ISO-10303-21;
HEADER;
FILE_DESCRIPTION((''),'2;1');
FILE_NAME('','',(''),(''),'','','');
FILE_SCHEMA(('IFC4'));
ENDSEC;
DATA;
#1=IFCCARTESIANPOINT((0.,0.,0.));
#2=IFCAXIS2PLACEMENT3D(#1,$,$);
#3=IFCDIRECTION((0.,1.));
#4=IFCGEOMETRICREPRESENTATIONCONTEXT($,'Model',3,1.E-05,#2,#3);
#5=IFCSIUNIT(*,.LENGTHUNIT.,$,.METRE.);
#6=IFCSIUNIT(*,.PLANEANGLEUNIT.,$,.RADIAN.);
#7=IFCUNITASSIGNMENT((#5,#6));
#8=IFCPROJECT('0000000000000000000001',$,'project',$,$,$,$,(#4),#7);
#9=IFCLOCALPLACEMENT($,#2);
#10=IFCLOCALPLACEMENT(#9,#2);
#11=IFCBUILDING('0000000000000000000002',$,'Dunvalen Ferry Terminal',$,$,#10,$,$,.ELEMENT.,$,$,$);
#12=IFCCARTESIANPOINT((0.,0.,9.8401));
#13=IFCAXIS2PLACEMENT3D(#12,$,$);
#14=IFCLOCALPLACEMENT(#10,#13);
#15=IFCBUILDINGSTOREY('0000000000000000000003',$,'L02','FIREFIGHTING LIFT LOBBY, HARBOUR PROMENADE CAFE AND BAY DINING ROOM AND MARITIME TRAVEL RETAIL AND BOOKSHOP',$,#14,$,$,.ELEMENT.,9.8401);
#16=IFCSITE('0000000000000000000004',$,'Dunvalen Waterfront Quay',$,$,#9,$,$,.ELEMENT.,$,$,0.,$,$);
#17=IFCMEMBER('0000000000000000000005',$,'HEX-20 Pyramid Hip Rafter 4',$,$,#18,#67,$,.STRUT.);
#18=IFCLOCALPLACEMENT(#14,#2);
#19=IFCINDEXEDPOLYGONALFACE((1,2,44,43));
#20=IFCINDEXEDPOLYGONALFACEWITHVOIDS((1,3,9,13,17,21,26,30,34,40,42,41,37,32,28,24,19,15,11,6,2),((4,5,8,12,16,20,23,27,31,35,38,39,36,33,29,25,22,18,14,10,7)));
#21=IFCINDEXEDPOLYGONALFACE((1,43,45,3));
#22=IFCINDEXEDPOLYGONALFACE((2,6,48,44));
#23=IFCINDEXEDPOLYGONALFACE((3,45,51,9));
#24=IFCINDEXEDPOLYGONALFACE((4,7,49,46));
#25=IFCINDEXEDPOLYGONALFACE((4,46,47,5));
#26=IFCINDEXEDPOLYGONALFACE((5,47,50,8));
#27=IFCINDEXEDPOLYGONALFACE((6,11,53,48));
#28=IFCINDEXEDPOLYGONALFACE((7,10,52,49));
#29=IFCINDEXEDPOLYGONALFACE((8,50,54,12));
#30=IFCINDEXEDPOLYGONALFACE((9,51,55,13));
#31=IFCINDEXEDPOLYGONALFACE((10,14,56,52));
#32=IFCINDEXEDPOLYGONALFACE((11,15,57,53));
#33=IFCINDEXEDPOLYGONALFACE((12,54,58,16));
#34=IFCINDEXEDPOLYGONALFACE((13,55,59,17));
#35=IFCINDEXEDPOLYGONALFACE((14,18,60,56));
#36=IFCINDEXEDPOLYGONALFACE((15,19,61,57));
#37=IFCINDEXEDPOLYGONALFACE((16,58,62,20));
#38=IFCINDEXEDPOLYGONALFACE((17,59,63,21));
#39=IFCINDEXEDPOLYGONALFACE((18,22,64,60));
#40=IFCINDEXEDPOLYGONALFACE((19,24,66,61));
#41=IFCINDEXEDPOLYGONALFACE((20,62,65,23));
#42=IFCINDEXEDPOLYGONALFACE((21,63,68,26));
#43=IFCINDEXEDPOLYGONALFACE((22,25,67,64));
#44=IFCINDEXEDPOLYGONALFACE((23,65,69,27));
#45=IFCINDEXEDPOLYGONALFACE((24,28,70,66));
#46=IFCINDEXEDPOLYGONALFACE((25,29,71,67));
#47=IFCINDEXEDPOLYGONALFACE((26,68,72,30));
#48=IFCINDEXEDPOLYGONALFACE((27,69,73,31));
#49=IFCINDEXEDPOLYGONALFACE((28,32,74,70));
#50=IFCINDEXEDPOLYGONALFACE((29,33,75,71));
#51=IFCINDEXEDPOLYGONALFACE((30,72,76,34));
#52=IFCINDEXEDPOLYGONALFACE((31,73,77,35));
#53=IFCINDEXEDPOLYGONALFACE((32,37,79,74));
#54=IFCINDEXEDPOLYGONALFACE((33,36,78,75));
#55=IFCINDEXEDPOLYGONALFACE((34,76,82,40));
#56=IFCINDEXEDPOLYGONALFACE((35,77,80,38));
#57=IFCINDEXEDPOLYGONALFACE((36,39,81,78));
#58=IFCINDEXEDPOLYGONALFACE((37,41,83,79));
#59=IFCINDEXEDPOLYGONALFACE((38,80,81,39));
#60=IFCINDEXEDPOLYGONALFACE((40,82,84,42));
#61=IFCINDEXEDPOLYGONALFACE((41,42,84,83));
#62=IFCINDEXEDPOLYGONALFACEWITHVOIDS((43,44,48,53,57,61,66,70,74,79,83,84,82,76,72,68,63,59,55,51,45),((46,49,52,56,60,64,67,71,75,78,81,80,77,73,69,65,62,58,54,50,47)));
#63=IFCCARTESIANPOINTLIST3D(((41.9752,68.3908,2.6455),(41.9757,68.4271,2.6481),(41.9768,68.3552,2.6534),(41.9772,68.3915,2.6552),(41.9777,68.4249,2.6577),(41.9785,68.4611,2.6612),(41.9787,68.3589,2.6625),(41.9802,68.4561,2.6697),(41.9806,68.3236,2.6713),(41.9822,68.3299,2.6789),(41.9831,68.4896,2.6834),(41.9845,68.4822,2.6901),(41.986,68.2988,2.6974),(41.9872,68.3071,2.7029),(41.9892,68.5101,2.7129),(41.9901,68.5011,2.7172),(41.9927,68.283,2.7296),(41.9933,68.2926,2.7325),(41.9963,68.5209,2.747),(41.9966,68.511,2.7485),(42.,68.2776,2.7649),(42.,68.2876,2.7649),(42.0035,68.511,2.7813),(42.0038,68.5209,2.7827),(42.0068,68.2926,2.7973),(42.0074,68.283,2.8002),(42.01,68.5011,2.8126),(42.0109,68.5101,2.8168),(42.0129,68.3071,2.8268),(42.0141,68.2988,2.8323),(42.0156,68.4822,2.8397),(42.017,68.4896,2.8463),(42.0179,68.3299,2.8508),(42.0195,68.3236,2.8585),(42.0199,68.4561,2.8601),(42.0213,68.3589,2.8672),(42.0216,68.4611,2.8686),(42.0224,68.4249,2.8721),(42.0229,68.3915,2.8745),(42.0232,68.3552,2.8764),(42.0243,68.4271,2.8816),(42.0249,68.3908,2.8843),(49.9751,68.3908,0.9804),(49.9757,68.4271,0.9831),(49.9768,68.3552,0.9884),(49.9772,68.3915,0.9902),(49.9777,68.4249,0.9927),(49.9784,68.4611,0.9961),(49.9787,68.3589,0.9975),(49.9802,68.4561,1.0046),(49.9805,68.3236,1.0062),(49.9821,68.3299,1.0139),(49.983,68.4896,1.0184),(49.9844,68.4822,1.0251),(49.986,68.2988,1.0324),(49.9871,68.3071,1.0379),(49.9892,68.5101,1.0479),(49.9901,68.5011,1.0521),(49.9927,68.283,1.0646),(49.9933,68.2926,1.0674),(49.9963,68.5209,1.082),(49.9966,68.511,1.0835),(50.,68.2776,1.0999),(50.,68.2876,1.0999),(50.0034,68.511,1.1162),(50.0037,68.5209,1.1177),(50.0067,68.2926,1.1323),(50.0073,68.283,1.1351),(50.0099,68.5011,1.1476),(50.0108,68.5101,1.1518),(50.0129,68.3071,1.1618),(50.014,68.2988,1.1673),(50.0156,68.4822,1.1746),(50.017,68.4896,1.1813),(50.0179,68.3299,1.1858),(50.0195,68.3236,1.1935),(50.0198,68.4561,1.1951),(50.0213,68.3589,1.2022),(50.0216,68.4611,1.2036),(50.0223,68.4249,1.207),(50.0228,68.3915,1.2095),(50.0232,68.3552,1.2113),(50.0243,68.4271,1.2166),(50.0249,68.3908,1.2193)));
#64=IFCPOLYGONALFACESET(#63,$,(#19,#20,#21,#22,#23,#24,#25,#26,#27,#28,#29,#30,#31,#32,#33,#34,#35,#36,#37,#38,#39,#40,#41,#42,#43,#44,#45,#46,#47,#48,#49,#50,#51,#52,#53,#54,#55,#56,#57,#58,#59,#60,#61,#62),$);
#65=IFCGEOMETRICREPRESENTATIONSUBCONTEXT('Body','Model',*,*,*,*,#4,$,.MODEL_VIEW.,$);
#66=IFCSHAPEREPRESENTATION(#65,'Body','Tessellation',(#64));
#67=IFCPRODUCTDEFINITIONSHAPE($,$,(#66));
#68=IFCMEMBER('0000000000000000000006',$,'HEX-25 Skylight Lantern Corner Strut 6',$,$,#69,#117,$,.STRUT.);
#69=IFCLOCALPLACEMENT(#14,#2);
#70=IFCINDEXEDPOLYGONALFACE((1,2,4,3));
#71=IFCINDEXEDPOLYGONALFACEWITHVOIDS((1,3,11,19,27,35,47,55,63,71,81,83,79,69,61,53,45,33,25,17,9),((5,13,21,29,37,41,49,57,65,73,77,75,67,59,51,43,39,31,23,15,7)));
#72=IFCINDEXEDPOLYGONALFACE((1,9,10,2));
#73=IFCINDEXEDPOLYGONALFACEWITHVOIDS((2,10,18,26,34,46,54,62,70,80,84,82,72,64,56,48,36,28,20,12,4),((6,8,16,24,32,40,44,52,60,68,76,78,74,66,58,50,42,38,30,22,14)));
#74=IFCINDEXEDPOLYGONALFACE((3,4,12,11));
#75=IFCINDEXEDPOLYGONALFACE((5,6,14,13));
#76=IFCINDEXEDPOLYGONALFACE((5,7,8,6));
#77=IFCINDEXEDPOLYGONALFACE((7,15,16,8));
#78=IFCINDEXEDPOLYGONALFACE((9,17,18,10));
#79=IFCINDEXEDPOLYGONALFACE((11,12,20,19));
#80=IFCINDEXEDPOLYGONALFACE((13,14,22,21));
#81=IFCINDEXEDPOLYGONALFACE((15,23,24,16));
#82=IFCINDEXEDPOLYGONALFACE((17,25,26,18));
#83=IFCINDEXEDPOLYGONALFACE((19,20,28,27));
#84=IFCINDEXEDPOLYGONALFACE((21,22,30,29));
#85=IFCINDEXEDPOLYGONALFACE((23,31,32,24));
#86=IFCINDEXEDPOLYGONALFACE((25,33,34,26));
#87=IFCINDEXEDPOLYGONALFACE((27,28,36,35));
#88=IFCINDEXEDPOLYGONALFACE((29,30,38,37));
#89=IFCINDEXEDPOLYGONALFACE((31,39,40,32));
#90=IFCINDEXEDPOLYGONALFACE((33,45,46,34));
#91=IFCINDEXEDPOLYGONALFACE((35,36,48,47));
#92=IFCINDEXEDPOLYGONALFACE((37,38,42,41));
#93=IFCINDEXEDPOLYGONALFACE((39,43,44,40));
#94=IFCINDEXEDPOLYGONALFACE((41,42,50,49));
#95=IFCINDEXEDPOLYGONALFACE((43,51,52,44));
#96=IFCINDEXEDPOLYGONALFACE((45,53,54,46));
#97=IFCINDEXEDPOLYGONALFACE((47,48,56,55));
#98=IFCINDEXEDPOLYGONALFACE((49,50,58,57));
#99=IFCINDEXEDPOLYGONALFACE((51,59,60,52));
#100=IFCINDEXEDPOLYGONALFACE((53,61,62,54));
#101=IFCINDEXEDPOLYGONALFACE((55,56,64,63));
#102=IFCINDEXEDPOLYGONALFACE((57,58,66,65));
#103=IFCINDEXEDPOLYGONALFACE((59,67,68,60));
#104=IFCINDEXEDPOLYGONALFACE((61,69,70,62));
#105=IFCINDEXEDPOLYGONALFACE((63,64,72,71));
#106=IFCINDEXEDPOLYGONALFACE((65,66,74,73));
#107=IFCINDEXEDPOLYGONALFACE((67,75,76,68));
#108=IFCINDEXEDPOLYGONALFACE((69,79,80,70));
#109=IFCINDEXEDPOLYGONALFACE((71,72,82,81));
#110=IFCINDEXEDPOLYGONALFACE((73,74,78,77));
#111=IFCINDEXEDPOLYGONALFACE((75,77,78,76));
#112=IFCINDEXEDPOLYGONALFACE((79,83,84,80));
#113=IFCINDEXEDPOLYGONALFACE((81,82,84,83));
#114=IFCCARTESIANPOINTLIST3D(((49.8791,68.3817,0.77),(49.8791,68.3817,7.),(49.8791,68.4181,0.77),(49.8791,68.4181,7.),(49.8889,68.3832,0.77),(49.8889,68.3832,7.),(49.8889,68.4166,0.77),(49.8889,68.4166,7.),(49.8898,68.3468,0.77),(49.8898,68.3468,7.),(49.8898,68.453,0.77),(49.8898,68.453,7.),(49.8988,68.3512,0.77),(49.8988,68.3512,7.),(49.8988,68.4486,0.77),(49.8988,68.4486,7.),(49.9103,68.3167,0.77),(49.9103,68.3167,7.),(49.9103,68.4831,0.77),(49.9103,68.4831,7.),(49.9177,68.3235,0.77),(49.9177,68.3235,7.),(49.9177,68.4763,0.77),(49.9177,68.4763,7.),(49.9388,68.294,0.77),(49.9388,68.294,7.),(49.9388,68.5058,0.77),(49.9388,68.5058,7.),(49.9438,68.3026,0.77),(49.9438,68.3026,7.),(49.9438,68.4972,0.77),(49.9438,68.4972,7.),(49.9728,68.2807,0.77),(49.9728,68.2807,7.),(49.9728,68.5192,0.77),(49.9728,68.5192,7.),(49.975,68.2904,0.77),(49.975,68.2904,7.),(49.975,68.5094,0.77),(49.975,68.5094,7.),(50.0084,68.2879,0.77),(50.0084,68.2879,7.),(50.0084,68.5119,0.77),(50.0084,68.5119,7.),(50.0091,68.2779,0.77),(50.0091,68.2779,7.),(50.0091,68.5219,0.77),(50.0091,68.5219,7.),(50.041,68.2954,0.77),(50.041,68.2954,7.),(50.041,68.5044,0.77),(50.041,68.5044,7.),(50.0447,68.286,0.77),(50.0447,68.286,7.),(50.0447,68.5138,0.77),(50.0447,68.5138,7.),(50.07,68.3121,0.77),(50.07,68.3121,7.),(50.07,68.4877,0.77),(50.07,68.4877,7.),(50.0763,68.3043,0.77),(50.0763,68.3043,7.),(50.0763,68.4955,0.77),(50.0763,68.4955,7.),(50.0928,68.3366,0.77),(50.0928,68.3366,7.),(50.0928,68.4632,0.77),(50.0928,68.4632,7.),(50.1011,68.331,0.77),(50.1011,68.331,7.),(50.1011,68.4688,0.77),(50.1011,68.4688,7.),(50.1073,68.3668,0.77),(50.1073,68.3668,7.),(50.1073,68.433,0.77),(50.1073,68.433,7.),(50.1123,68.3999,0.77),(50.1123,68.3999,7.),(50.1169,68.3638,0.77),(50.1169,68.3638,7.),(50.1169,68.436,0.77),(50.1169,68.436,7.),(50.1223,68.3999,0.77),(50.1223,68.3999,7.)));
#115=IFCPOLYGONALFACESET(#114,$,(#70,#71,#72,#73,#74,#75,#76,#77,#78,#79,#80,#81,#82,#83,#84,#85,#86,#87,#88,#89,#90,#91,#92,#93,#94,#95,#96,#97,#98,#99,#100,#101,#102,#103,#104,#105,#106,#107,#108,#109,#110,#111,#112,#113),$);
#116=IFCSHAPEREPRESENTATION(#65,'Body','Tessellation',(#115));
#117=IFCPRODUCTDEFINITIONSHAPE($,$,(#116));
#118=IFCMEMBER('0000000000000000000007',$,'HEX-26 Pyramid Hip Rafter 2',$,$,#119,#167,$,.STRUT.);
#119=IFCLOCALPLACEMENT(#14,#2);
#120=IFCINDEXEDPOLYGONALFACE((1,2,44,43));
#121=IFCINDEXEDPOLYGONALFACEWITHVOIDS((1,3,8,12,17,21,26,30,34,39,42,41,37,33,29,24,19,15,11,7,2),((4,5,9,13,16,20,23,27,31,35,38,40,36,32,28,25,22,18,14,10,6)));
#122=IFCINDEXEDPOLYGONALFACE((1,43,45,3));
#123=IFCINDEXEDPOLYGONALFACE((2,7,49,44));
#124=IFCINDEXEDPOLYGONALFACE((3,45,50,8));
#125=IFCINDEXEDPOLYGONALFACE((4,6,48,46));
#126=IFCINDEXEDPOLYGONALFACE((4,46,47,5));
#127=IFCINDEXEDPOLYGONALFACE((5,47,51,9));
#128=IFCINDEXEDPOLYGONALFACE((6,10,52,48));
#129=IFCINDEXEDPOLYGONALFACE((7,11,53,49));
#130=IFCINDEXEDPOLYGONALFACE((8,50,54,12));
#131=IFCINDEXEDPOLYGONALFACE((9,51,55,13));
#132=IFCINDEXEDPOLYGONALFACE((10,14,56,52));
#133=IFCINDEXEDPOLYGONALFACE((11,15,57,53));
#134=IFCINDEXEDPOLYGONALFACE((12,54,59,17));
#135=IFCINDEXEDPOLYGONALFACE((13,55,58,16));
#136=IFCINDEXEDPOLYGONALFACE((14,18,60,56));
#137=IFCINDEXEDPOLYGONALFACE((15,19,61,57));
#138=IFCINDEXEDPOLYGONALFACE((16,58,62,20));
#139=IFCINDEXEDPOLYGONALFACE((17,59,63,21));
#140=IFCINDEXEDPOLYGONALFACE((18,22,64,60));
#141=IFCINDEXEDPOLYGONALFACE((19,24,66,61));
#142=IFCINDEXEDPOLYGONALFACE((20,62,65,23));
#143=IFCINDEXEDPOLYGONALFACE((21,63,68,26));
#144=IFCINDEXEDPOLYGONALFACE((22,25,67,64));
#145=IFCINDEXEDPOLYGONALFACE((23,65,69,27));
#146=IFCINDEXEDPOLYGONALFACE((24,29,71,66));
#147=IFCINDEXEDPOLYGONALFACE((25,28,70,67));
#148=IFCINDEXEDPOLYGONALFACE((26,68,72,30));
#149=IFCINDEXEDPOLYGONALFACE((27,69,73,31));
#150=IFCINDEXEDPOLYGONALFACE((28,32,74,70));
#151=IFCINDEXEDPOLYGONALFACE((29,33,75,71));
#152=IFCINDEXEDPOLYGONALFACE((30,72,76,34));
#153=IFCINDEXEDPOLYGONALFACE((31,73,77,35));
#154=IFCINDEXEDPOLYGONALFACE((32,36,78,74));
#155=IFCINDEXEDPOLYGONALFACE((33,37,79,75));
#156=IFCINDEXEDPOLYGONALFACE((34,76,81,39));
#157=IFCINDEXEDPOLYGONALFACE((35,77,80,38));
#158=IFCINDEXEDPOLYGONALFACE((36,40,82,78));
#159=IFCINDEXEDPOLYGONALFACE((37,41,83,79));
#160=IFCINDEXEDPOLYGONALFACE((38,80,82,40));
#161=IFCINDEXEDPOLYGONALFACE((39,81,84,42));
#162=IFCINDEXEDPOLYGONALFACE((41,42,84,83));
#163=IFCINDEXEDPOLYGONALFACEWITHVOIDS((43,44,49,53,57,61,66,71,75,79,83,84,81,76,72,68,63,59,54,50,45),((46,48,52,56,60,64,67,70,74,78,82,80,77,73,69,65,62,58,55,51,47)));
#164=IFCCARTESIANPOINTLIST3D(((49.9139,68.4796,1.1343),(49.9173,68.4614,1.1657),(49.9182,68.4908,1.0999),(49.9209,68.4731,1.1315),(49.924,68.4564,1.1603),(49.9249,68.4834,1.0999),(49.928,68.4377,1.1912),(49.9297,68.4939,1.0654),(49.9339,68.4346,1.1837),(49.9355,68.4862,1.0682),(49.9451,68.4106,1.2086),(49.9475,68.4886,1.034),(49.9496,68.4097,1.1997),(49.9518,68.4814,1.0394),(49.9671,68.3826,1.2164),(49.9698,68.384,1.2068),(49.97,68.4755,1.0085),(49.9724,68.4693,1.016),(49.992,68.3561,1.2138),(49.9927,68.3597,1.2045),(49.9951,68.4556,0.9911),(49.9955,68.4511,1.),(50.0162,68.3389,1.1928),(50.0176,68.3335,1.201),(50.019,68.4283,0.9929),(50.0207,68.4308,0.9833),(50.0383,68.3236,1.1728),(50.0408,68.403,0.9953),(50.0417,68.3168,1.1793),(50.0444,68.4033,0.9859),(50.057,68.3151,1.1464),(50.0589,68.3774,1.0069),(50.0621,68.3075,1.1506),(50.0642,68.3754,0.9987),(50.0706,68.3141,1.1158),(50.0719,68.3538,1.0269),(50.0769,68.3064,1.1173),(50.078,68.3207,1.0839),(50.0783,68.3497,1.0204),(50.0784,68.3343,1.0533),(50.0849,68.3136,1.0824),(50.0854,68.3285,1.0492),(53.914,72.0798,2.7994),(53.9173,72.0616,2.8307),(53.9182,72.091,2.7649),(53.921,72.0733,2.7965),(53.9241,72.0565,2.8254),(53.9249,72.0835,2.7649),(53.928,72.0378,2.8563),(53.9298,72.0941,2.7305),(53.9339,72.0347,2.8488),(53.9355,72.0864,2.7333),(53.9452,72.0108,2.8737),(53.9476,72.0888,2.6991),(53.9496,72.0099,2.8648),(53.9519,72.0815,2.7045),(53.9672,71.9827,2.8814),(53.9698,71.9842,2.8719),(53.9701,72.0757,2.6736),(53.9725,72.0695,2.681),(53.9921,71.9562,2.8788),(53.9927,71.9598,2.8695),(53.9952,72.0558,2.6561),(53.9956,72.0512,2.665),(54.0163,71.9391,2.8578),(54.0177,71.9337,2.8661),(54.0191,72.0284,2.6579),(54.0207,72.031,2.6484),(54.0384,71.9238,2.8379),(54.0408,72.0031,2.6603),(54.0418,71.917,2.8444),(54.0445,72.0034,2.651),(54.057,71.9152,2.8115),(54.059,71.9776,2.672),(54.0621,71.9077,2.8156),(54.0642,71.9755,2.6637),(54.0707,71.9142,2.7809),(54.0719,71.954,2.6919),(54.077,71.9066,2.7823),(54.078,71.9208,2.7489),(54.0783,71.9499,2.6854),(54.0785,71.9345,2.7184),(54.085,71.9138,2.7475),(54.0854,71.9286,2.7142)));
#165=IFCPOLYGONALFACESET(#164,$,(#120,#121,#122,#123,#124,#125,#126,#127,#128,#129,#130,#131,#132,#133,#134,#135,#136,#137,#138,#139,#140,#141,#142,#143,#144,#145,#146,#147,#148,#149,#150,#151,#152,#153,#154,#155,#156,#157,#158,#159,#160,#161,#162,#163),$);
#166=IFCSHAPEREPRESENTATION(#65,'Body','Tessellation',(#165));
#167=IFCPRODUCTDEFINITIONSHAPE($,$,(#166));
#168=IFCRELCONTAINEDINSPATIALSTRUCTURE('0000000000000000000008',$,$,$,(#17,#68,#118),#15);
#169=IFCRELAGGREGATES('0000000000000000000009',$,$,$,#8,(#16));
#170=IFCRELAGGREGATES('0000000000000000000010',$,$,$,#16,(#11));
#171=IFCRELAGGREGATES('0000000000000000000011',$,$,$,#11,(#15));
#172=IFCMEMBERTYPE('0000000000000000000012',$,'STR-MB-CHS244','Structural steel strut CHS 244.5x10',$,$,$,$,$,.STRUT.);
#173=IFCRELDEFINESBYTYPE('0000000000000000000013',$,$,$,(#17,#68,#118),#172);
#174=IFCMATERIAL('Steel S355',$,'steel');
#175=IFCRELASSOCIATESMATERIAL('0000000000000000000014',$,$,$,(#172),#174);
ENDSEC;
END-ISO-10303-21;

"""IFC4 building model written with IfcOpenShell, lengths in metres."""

from ifc_helpers import new_model, si_unit, direction, frame, origin, origin_2d, place, context, subcontext, project, spatial, hollow_circle, extrude, material, material_profile, profile_set, type_object, element, save


model = new_model("IFC4")

# Units and contexts
model_context = context("Model", 3, precision=1e-05, world=origin(), true_north=direction((0.0, 1.0)))
body_context = subcontext(model_context, "Body", "Model", "MODEL_VIEW")
ifc_project = project(units=[si_unit("LENGTHUNIT", "METRE"), si_unit("PLANEANGLEUNIT", "RADIAN")], contexts=[model_context])

# Site, building, storey
site_placement = place(None, origin())
site = spatial("IfcSite", under=ifc_project, at=site_placement, Name="Dunvalen Waterfront Quay", CompositionType="ELEMENT", RefElevation=0.0)
building_placement = place(site_placement, origin())
building = spatial("IfcBuilding", under=site, at=building_placement, Name="Dunvalen Ferry Terminal", CompositionType="ELEMENT")
storey_placement = place(building_placement, frame((0.0, 0.0, 9.8401)))
storey = spatial("IfcBuildingStorey", under=building, at=storey_placement, Name="L02", Description="FIREFIGHTING LIFT LOBBY, HARBOUR PROMENADE CAFE AND BAY DINING ROOM AND MARITIME TRAVEL RETAIL AND BOOKSHOP", CompositionType="ELEMENT", Elevation=9.8401)

# Shared definitions
ifc_material_1 = material(Name="Steel S355", Category="steel")

# Members
ifc_material_profile_1 = material_profile(ifc_material_1, hollow_circle(Radius=0.1223, WallThickness=0.01, at=origin_2d()), Name="Steel S355")
ifc_profile_set_1 = profile_set([ifc_material_profile_1], Name="Steel S355")
member_type_1 = type_object("IfcMemberType", Name="STR-MB-CHS244", Description="Structural steel strut CHS 244.5x10", PredefinedType="STRUT", material=ifc_profile_set_1)
member_1_placement = place(storey_placement, frame((50.0, 68.3999, 1.0999), z_axis=(-0.97902, 0.0, 0.203763), x_axis=(0.0, -1.0, 0.0)))
element("IfcMember", 1, at=member_1_placement, inside=storey, type_object=member_type_1, Name="HEX-20 Pyramid Hip Rafter 4", PredefinedType="STRUT", context=body_context, shape_type="SweptSolid", body=[
    extrude(hollow_circle(Radius=0.1223, WallThickness=0.01, at=origin_2d()), origin(), (0.0, 0.0, 1.0), 8.1714),
])
member_2_placement = place(storey_placement, frame((50.0, 68.3999, 0.77), z_axis=(0.0, 0.0, 1.0), x_axis=(1.0, 0.0, 0.0)))
element("IfcMember", 2, at=member_2_placement, inside=storey, type_object=member_type_1, Name="HEX-25 Skylight Lantern Corner Strut 6", PredefinedType="STRUT", context=body_context, shape_type="SweptSolid", body=[
    extrude(hollow_circle(Radius=0.1223, WallThickness=0.01, at=origin_2d()), origin(), (0.0, 0.0, 1.0), 6.23),
])
member_3_placement = place(storey_placement, frame((50.0, 68.3999, 1.0999), z_axis=(0.710075, 0.639085, 0.295576), x_axis=(-0.668975, 0.743285, 0.0)))
element("IfcMember", 3, at=member_3_placement, inside=storey, type_object=member_type_1, Name="HEX-26 Pyramid Hip Rafter 2", PredefinedType="STRUT", context=body_context, shape_type="SweptSolid", body=[
    extrude(hollow_circle(Radius=0.1223, WallThickness=0.01, at=origin_2d()), origin(), (0.0, 0.0, 1.0), 5.6333),
])

save(model, "model.ifc")
